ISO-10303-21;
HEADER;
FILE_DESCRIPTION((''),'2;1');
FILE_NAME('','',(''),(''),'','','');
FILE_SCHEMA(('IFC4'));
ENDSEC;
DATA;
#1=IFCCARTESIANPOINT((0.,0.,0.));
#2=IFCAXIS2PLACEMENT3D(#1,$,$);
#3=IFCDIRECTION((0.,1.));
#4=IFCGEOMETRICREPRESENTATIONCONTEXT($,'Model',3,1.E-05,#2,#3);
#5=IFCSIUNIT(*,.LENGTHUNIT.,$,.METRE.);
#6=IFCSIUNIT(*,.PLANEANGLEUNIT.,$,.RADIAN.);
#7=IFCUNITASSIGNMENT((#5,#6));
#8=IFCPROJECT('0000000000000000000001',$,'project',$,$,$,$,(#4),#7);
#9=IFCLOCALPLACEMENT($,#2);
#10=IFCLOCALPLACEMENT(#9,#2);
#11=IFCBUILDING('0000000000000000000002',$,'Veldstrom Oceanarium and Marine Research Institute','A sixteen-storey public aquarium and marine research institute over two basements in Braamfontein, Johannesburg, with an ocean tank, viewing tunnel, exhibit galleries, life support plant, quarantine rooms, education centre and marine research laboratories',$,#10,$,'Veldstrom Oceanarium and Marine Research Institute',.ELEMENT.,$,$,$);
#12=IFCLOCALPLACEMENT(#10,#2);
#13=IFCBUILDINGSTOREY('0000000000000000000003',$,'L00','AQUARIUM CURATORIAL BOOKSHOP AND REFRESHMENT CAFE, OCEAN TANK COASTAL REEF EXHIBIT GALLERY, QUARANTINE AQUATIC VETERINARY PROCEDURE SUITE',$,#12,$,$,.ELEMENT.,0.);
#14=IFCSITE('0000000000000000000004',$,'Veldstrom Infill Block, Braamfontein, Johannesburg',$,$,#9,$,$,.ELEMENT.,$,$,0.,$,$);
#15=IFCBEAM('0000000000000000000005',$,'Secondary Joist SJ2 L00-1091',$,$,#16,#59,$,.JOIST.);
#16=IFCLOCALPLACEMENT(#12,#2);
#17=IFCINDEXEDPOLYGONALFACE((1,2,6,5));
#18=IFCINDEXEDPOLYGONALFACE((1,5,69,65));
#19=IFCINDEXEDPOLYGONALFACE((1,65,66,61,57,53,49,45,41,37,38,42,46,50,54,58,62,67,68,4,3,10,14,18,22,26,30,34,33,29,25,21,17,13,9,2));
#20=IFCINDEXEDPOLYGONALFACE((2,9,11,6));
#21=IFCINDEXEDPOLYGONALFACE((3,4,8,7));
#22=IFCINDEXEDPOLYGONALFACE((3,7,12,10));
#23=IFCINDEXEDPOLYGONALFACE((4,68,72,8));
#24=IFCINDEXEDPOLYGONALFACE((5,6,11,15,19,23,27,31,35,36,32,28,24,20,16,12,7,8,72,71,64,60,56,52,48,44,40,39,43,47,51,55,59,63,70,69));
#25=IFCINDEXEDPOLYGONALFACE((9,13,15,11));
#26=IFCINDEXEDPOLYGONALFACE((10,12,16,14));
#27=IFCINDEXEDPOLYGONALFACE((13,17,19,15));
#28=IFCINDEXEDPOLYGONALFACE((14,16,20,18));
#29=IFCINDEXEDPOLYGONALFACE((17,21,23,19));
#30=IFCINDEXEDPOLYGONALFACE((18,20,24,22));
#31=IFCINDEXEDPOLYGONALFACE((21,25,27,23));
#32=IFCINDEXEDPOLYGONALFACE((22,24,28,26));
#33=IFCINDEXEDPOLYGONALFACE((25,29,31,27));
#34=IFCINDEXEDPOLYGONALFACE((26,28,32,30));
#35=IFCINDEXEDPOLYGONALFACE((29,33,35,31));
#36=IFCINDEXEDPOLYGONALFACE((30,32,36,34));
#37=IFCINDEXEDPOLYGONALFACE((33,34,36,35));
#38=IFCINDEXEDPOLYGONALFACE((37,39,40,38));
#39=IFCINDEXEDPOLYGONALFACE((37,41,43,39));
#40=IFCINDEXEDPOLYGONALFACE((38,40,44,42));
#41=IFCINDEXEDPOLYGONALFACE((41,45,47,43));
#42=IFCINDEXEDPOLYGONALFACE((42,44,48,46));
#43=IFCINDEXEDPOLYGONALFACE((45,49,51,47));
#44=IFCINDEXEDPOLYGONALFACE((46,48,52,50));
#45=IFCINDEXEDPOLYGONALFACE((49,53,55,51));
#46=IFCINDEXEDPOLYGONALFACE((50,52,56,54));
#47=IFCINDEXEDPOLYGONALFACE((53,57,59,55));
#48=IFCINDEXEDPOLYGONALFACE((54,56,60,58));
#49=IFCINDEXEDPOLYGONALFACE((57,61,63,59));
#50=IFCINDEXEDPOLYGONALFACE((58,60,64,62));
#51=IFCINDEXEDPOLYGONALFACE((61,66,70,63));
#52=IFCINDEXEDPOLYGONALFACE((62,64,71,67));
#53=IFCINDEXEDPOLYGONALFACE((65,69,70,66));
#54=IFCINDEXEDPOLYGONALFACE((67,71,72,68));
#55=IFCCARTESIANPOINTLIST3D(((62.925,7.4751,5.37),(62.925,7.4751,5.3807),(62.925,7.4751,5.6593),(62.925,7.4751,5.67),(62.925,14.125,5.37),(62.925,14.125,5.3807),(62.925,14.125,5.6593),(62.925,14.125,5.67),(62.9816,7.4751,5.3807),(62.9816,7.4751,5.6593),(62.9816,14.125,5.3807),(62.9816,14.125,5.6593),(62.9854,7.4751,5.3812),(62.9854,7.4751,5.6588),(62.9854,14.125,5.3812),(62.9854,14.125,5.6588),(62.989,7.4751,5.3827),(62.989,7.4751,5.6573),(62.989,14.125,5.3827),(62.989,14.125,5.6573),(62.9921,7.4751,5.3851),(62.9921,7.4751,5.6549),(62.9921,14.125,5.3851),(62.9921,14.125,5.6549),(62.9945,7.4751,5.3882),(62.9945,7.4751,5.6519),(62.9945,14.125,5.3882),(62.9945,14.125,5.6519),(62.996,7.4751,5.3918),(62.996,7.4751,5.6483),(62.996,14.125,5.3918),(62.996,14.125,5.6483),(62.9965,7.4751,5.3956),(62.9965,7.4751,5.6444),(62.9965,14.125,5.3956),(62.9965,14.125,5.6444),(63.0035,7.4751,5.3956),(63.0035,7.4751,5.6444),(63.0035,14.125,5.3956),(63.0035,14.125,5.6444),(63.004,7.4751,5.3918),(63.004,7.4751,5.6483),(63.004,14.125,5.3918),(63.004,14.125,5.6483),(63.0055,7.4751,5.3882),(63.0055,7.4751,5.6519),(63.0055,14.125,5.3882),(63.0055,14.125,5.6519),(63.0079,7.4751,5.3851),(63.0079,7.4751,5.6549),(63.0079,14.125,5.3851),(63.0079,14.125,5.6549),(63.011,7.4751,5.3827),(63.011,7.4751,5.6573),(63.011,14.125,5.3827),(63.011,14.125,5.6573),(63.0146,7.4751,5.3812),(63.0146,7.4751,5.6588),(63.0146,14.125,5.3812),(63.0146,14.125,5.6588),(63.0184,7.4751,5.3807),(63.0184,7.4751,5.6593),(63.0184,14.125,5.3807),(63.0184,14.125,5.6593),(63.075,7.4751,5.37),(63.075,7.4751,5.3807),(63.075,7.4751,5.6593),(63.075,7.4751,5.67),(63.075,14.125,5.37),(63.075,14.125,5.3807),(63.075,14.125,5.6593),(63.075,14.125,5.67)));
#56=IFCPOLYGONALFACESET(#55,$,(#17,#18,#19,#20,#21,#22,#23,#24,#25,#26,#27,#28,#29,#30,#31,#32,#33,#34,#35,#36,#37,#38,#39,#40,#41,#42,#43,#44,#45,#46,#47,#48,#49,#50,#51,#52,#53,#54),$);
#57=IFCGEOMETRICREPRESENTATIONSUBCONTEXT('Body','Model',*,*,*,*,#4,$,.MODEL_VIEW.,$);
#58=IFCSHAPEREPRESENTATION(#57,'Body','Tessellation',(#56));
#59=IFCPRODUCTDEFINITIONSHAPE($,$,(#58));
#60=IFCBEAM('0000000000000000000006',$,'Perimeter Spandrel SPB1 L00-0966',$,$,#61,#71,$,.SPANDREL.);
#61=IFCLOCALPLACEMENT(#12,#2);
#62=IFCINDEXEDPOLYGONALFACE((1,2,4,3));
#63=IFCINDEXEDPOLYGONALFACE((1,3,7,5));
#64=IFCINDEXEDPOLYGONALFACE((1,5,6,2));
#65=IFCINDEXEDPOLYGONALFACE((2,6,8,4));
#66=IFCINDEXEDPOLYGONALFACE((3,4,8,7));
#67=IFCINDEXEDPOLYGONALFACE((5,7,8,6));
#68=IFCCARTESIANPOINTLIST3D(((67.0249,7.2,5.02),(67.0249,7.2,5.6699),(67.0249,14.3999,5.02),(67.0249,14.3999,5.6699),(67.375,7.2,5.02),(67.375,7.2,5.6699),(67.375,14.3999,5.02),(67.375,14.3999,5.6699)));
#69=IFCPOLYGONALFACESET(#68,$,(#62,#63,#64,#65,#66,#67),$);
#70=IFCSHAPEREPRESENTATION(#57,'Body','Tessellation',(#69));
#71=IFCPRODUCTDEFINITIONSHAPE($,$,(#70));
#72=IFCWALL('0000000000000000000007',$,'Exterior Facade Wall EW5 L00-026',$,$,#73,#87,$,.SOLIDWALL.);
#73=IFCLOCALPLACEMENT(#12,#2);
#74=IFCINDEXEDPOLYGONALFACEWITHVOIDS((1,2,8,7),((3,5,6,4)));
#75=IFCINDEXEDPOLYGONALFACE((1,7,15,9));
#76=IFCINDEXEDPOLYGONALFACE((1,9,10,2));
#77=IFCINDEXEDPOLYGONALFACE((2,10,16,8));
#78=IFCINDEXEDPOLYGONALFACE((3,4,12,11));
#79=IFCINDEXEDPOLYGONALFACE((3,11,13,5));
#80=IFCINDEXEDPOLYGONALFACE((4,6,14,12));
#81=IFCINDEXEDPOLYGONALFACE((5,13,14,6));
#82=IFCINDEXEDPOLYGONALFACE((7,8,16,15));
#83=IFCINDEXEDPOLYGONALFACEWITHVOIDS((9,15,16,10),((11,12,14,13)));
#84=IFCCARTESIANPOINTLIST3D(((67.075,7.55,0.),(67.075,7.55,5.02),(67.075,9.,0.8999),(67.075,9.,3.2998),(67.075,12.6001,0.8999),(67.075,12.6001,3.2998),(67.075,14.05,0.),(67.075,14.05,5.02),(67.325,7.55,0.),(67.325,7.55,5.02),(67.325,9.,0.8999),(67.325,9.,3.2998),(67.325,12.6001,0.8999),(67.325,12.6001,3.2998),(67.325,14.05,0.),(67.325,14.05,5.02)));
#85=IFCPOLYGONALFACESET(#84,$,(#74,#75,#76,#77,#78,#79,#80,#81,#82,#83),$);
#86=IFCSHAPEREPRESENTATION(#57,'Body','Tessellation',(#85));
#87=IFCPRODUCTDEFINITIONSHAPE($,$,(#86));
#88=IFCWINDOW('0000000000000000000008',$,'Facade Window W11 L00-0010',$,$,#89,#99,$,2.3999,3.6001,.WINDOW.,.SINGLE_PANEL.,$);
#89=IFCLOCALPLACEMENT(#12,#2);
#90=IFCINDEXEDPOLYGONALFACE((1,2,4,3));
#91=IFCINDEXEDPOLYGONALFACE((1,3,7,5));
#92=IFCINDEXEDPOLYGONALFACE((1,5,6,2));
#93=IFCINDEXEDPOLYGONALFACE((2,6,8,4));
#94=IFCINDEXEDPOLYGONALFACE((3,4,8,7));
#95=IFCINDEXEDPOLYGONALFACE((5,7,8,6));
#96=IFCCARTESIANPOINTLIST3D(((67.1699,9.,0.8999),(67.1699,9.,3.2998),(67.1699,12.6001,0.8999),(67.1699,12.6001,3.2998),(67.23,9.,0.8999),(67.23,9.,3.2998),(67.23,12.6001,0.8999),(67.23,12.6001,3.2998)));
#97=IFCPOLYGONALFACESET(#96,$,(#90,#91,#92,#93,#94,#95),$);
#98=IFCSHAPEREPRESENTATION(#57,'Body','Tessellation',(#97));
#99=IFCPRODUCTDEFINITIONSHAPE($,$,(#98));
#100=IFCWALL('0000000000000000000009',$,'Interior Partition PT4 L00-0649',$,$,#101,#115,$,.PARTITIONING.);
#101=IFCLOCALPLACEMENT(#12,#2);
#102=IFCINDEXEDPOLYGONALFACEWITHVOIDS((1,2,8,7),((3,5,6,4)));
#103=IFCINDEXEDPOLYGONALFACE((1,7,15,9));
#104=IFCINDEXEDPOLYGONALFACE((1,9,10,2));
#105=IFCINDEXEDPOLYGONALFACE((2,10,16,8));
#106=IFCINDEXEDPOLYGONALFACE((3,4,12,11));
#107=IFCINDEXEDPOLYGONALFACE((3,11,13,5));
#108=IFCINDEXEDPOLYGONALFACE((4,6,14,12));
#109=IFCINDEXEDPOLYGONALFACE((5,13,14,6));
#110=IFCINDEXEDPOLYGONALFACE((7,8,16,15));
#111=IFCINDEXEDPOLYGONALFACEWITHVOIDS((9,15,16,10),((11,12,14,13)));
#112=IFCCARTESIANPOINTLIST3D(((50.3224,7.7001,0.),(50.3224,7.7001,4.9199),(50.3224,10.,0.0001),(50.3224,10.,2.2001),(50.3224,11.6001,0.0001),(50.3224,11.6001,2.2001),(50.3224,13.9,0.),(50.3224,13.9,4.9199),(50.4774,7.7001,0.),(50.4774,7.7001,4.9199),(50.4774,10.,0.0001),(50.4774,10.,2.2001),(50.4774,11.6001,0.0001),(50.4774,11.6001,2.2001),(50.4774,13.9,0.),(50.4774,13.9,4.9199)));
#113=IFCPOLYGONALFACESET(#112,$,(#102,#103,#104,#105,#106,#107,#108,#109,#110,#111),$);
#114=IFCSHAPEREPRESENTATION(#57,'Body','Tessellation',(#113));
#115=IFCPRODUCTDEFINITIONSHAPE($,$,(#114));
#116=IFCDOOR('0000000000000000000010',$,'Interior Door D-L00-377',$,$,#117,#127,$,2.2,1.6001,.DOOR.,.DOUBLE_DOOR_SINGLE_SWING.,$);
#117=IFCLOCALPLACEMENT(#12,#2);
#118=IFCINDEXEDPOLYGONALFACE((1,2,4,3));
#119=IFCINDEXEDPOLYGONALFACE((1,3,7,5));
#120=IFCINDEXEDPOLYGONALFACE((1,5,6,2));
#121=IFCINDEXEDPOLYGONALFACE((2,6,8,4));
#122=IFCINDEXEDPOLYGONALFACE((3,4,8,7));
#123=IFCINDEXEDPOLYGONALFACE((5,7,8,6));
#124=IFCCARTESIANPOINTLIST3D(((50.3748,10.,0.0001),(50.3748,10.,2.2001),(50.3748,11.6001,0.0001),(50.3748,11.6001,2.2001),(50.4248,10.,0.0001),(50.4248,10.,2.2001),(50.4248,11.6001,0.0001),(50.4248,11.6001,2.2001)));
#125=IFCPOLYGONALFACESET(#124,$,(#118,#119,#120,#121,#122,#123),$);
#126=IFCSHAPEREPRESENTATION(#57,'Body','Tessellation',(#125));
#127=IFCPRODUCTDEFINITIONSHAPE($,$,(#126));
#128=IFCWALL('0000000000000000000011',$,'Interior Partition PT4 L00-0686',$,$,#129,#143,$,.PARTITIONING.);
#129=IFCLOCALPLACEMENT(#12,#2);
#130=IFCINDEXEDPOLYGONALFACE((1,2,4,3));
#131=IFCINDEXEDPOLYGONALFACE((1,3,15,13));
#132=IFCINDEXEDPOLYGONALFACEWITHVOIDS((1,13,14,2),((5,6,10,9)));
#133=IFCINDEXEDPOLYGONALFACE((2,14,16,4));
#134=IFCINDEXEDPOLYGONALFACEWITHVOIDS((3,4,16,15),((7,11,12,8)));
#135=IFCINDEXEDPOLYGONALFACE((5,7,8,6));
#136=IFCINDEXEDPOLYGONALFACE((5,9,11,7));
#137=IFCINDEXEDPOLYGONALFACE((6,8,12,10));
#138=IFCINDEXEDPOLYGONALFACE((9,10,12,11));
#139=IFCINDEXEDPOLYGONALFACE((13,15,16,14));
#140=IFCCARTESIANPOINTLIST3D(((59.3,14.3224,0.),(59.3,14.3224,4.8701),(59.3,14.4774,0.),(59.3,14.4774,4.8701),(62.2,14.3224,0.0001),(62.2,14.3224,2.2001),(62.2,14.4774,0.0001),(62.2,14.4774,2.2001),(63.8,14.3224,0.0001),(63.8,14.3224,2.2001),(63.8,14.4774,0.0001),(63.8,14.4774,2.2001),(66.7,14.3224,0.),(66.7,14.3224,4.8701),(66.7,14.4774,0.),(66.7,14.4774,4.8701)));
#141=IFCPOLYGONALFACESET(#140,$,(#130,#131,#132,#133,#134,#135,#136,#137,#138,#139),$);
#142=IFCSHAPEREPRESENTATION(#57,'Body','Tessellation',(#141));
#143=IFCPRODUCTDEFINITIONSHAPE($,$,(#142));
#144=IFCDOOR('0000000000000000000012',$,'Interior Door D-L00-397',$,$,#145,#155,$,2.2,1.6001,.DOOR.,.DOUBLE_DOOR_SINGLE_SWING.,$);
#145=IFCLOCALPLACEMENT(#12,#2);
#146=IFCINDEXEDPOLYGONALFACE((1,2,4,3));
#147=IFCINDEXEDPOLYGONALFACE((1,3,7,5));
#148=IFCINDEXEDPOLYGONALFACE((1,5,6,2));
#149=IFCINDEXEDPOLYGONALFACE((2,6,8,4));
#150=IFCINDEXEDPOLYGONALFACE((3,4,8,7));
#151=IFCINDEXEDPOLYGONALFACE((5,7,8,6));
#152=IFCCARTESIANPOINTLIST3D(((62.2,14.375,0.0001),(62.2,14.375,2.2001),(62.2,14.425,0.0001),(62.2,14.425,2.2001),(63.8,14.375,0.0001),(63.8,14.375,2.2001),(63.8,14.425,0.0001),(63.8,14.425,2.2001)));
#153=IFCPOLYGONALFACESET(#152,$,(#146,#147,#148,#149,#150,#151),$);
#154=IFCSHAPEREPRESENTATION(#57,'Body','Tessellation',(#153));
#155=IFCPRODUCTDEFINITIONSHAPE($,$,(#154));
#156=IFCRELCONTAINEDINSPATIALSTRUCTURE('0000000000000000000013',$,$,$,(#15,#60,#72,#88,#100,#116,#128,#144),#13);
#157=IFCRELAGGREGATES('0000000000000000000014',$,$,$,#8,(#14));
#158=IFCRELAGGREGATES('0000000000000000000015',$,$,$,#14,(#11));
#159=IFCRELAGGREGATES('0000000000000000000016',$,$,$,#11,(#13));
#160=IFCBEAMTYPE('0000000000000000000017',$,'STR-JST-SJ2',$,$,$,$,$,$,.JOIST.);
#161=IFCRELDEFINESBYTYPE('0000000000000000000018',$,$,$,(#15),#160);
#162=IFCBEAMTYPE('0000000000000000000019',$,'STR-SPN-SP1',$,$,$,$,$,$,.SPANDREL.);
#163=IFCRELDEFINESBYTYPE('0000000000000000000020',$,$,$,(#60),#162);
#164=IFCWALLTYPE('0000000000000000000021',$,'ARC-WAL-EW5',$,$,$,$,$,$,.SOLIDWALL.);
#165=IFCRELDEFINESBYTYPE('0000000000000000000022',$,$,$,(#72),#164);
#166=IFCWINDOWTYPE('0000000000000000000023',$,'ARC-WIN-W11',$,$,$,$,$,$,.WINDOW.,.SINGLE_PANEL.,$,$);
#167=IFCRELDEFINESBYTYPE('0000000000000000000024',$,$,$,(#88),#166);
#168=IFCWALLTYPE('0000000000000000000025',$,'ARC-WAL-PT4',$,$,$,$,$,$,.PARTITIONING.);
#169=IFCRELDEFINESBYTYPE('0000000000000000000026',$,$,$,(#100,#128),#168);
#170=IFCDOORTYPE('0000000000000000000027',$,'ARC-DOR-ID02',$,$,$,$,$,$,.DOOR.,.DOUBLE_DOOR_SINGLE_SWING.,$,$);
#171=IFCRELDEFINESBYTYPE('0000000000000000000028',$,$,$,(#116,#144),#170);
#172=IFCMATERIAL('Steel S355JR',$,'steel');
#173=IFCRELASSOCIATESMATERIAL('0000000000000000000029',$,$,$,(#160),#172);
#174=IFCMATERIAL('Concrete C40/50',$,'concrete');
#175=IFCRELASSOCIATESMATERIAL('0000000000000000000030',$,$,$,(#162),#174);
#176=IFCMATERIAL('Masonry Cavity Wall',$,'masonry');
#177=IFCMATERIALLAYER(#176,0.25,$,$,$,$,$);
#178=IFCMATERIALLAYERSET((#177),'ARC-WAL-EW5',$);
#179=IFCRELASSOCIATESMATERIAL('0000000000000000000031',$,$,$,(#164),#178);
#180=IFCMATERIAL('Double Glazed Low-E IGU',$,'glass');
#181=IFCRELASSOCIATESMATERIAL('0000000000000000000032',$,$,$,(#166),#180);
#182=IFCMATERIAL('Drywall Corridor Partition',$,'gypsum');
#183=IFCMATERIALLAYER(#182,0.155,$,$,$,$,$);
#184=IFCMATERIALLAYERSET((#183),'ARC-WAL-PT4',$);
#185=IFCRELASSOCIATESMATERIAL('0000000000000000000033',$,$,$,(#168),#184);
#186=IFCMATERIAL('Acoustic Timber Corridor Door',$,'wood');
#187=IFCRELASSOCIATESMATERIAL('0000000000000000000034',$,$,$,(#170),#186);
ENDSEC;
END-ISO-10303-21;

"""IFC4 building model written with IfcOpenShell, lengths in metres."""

from ifc_helpers import new_model, si_unit, direction, frame, frame_2d, origin, origin_2d, place, context, subcontext, project, spatial, rectangle, i_section, extrude, material, layer, layer_set, material_profile, profile_set, type_object, element, fill, save


model = new_model("IFC4")

# Units and contexts
model_context = context("Model", 3, precision=1e-05, world=origin(), true_north=direction((0.0, 1.0)))
body_context = subcontext(model_context, "Body", "Model", "MODEL_VIEW")
ifc_project = project(units=[si_unit("LENGTHUNIT", "METRE"), si_unit("PLANEANGLEUNIT", "RADIAN")], contexts=[model_context])

# Site, building, storey
site_placement = place(None, origin())
site = spatial("IfcSite", under=ifc_project, at=site_placement, Name="Veldstrom Infill Block, Braamfontein, Johannesburg", CompositionType="ELEMENT", RefElevation=0.0)
building_placement = place(site_placement, origin())
building = spatial("IfcBuilding", under=site, at=building_placement, Name="Veldstrom Oceanarium and Marine Research Institute", Description="A sixteen-storey public aquarium and marine research institute over two basements in Braamfontein, Johannesburg, with an ocean tank, viewing tunnel, exhibit galleries, life support plant, quarantine rooms, education centre and marine research laboratories", LongName="Veldstrom Oceanarium and Marine Research Institute", CompositionType="ELEMENT")
storey_placement = place(building_placement, origin())
storey = spatial("IfcBuildingStorey", under=building, at=storey_placement, Name="L00", Description="AQUARIUM CURATORIAL BOOKSHOP AND REFRESHMENT CAFE, OCEAN TANK COASTAL REEF EXHIBIT GALLERY, QUARANTINE AQUATIC VETERINARY PROCEDURE SUITE", CompositionType="ELEMENT", Elevation=0.0)

# Beams
ifc_material_1 = material(Name="Steel S355JR", Category="steel")
ifc_material_profile_1 = material_profile(ifc_material_1, i_section(OverallWidth=0.1499, OverallDepth=0.3, WebThickness=0.0071, FlangeThickness=0.0107, FilletRadius=0.0149, at=origin_2d()), Name="IPE 300")
ifc_profile_set_1 = profile_set([ifc_material_profile_1], Name="Steel S355JR")
beam_type_1 = type_object("IfcBeamType", Name="STR-JST-SJ2", PredefinedType="JOIST", material=ifc_profile_set_1)
beam_1_placement = place(storey_placement, frame((63.0, 7.4751, 5.52), z_axis=(0.0, 1.0, 0.0), x_axis=(-1.0, 0.0, 0.0)))
element("IfcBeam", 1, at=beam_1_placement, inside=storey, type_object=beam_type_1, Name="Secondary Joist SJ2 L00-1091", PredefinedType="JOIST", context=body_context, shape_type="SweptSolid", body=[
    extrude(i_section(OverallWidth=0.1499, OverallDepth=0.3, WebThickness=0.0071, FlangeThickness=0.0107, FilletRadius=0.0149, at=origin_2d()), origin(), (0.0, 0.0, 1.0), 6.6499),
])
ifc_material_2 = material(Name="Concrete C40/50", Category="concrete")
ifc_material_profile_2 = material_profile(ifc_material_2, rectangle(XDim=0.3501, YDim=0.6499, at=origin_2d()), Name="RC-SPN-350x650")
ifc_profile_set_2 = profile_set([ifc_material_profile_2], Name="Concrete C40/50")
beam_type_2 = type_object("IfcBeamType", Name="STR-SPN-SP1", PredefinedType="SPANDREL", material=ifc_profile_set_2)
beam_2_placement = place(storey_placement, frame((67.2, 7.2, 5.345), z_axis=(0.0, 1.0, 0.0), x_axis=(-1.0, 0.0, 0.0)))
element("IfcBeam", 2, at=beam_2_placement, inside=storey, type_object=beam_type_2, Name="Perimeter Spandrel SPB1 L00-0966", PredefinedType="SPANDREL", context=body_context, shape_type="SweptSolid", body=[
    extrude(rectangle(XDim=0.3501, YDim=0.6499, at=origin_2d()), origin(), (0.0, 0.0, 1.0), 7.2),
])

# Wall, opening, window
ifc_material_3 = material(Name="Masonry Cavity Wall", Category="masonry")
ifc_layer_1 = layer(ifc_material_3, 0.25)
ifc_layer_set_1 = layer_set([ifc_layer_1], Name="ARC-WAL-EW5")
wall_type_1 = type_object("IfcWallType", Name="ARC-WAL-EW5", PredefinedType="SOLIDWALL", material=ifc_layer_set_1)
wall_1_placement = place(storey_placement, frame((67.2, 7.55, 0.0), z_axis=(0.0, 0.0, 1.0), x_axis=(0.0, 1.0, 0.0)))
wall_1 = element("IfcWall", 3, at=wall_1_placement, inside=storey, type_object=wall_type_1, Name="Exterior Facade Wall EW5 L00-026", PredefinedType="SOLIDWALL", context=body_context, shape_type="SweptSolid", body=[
    extrude(rectangle(XDim=6.5, YDim=0.25, at=frame_2d((3.25, 0.0))), origin(), (0.0, 0.0, 1.0), 5.02),
])
opening_1_placement = place(wall_1_placement, frame((1.45, 0.0, 0.8999)))
opening_1 = element("IfcOpeningElement", 4, at=opening_1_placement, cuts=wall_1, PredefinedType="OPENING", context=body_context, shape_type="SweptSolid", body=[
    extrude(rectangle(XDim=3.6001, YDim=2.3999, at=frame_2d((1.8, 1.2))), frame((0.0, 0.135, 0.0), z_axis=(0.0, -1.0, 0.0), x_axis=(1.0, 0.0, 0.0)), (0.0, 0.0, 1.0), 0.27),
])
ifc_material_4 = material(Name="Double Glazed Low-E IGU", Category="glass")
window_type = type_object("IfcWindowType", Name="ARC-WIN-W11", PartitioningType="SINGLE_PANEL", PredefinedType="WINDOW", material=ifc_material_4)
window_placement = place(opening_1_placement, origin())
window = element("IfcWindow", 5, at=window_placement, inside=storey, type_object=window_type, Name="Facade Window W11 L00-0010", OverallHeight=2.3999, OverallWidth=3.6001, PartitioningType="SINGLE_PANEL", PredefinedType="WINDOW", context=body_context, shape_type="SweptSolid", body=[
    extrude(rectangle(XDim=3.6001, YDim=2.3999, at=frame_2d((1.8, 1.2))), frame((0.0, 0.03, 0.0), z_axis=(0.0, -1.0, 0.0), x_axis=(1.0, 0.0, 0.0)), (0.0, 0.0, 1.0), 0.0601),
])
fill(opening_1, window)

# Walls, openings, doors
ifc_material_5 = material(Name="Drywall Corridor Partition", Category="gypsum")
ifc_layer_2 = layer(ifc_material_5, 0.155)
ifc_layer_set_2 = layer_set([ifc_layer_2], Name="ARC-WAL-PT4")
wall_type_2 = type_object("IfcWallType", Name="ARC-WAL-PT4", PredefinedType="PARTITIONING", material=ifc_layer_set_2)
wall_2_placement = place(storey_placement, frame((50.3999, 7.7, 0.0), z_axis=(0.0, 0.0, 1.0), x_axis=(0.0, 1.0, 0.0)))
wall_2 = element("IfcWall", 6, at=wall_2_placement, inside=storey, type_object=wall_type_2, Name="Interior Partition PT4 L00-0649", PredefinedType="PARTITIONING", context=body_context, shape_type="SweptSolid", body=[
    extrude(rectangle(XDim=6.2, YDim=0.155, at=frame_2d((3.1001, 0.0))), origin(), (0.0, 0.0, 1.0), 4.9199),
])
opening_2_placement = place(wall_2_placement, frame((2.3, 0.0, 0.0)))
opening_2 = element("IfcOpeningElement", 7, at=opening_2_placement, cuts=wall_2, PredefinedType="OPENING", context=body_context, shape_type="SweptSolid", body=[
    extrude(rectangle(XDim=1.6001, YDim=2.2, at=frame_2d((0.8, 1.1001))), frame((0.0, 0.0874, 0.0), z_axis=(0.0, -1.0, 0.0), x_axis=(1.0, 0.0, 0.0)), (0.0, 0.0, 1.0), 0.175),
])
ifc_material_6 = material(Name="Acoustic Timber Corridor Door", Category="wood")
door_type_1 = type_object("IfcDoorType", Name="ARC-DOR-ID02", OperationType="DOUBLE_DOOR_SINGLE_SWING", PredefinedType="DOOR", material=ifc_material_6)
door_1_placement = place(opening_2_placement, frame((1.6001, 0.0, 0.0), z_axis=(0.0, 0.0, 1.0), x_axis=(-1.0, 0.0, 0.0)))
door_1 = element("IfcDoor", 8, at=door_1_placement, inside=storey, type_object=door_type_1, Name="Interior Door D-L00-377", OperationType="DOUBLE_DOOR_SINGLE_SWING", OverallHeight=2.2, OverallWidth=1.6001, PredefinedType="DOOR", context=body_context, shape_type="SweptSolid", body=[
    extrude(rectangle(XDim=1.6001, YDim=2.2, at=frame_2d((0.8, 1.1001))), frame((0.0, 0.0249, 0.0), z_axis=(0.0, -1.0, 0.0), x_axis=(1.0, 0.0, 0.0)), (0.0, 0.0, 1.0), 0.05),
])
fill(opening_2, door_1)
wall_3_placement = place(storey_placement, frame((59.3, 14.3999, 0.0), z_axis=(0.0, 0.0, 1.0), x_axis=(1.0, 0.0, 0.0)))
wall_3 = element("IfcWall", 9, at=wall_3_placement, inside=storey, type_object=wall_type_2, Name="Interior Partition PT4 L00-0686", PredefinedType="PARTITIONING", context=body_context, shape_type="SweptSolid", body=[
    extrude(rectangle(XDim=7.3999, YDim=0.155, at=frame_2d((3.7, 0.0))), origin(), (0.0, 0.0, 1.0), 4.8701),
])
opening_3_placement = place(wall_3_placement, frame((2.8999, 0.0, 0.0)))
opening_3 = element("IfcOpeningElement", 10, at=opening_3_placement, cuts=wall_3, PredefinedType="OPENING", context=body_context, shape_type="SweptSolid", body=[
    extrude(rectangle(XDim=1.6001, YDim=2.2, at=frame_2d((0.8, 1.1001))), frame((0.0, 0.0874, 0.0), z_axis=(0.0, -1.0, 0.0), x_axis=(1.0, 0.0, 0.0)), (0.0, 0.0, 1.0), 0.175),
])
door_2_placement = place(opening_3_placement, frame((1.6001, 0.0, 0.0), z_axis=(0.0, 0.0, 1.0), x_axis=(-1.0, 0.0, 0.0)))
door_2 = element("IfcDoor", 11, at=door_2_placement, inside=storey, type_object=door_type_1, Name="Interior Door D-L00-397", OperationType="DOUBLE_DOOR_SINGLE_SWING", OverallHeight=2.2, OverallWidth=1.6001, PredefinedType="DOOR", context=body_context, shape_type="SweptSolid", body=[
    extrude(rectangle(XDim=1.6001, YDim=2.2, at=frame_2d((0.8, 1.1001))), frame((0.0, 0.0249, 0.0), z_axis=(0.0, -1.0, 0.0), x_axis=(1.0, 0.0, 0.0)), (0.0, 0.0, 1.0), 0.05),
])
fill(opening_3, door_2)

save(model, "model.ifc")
